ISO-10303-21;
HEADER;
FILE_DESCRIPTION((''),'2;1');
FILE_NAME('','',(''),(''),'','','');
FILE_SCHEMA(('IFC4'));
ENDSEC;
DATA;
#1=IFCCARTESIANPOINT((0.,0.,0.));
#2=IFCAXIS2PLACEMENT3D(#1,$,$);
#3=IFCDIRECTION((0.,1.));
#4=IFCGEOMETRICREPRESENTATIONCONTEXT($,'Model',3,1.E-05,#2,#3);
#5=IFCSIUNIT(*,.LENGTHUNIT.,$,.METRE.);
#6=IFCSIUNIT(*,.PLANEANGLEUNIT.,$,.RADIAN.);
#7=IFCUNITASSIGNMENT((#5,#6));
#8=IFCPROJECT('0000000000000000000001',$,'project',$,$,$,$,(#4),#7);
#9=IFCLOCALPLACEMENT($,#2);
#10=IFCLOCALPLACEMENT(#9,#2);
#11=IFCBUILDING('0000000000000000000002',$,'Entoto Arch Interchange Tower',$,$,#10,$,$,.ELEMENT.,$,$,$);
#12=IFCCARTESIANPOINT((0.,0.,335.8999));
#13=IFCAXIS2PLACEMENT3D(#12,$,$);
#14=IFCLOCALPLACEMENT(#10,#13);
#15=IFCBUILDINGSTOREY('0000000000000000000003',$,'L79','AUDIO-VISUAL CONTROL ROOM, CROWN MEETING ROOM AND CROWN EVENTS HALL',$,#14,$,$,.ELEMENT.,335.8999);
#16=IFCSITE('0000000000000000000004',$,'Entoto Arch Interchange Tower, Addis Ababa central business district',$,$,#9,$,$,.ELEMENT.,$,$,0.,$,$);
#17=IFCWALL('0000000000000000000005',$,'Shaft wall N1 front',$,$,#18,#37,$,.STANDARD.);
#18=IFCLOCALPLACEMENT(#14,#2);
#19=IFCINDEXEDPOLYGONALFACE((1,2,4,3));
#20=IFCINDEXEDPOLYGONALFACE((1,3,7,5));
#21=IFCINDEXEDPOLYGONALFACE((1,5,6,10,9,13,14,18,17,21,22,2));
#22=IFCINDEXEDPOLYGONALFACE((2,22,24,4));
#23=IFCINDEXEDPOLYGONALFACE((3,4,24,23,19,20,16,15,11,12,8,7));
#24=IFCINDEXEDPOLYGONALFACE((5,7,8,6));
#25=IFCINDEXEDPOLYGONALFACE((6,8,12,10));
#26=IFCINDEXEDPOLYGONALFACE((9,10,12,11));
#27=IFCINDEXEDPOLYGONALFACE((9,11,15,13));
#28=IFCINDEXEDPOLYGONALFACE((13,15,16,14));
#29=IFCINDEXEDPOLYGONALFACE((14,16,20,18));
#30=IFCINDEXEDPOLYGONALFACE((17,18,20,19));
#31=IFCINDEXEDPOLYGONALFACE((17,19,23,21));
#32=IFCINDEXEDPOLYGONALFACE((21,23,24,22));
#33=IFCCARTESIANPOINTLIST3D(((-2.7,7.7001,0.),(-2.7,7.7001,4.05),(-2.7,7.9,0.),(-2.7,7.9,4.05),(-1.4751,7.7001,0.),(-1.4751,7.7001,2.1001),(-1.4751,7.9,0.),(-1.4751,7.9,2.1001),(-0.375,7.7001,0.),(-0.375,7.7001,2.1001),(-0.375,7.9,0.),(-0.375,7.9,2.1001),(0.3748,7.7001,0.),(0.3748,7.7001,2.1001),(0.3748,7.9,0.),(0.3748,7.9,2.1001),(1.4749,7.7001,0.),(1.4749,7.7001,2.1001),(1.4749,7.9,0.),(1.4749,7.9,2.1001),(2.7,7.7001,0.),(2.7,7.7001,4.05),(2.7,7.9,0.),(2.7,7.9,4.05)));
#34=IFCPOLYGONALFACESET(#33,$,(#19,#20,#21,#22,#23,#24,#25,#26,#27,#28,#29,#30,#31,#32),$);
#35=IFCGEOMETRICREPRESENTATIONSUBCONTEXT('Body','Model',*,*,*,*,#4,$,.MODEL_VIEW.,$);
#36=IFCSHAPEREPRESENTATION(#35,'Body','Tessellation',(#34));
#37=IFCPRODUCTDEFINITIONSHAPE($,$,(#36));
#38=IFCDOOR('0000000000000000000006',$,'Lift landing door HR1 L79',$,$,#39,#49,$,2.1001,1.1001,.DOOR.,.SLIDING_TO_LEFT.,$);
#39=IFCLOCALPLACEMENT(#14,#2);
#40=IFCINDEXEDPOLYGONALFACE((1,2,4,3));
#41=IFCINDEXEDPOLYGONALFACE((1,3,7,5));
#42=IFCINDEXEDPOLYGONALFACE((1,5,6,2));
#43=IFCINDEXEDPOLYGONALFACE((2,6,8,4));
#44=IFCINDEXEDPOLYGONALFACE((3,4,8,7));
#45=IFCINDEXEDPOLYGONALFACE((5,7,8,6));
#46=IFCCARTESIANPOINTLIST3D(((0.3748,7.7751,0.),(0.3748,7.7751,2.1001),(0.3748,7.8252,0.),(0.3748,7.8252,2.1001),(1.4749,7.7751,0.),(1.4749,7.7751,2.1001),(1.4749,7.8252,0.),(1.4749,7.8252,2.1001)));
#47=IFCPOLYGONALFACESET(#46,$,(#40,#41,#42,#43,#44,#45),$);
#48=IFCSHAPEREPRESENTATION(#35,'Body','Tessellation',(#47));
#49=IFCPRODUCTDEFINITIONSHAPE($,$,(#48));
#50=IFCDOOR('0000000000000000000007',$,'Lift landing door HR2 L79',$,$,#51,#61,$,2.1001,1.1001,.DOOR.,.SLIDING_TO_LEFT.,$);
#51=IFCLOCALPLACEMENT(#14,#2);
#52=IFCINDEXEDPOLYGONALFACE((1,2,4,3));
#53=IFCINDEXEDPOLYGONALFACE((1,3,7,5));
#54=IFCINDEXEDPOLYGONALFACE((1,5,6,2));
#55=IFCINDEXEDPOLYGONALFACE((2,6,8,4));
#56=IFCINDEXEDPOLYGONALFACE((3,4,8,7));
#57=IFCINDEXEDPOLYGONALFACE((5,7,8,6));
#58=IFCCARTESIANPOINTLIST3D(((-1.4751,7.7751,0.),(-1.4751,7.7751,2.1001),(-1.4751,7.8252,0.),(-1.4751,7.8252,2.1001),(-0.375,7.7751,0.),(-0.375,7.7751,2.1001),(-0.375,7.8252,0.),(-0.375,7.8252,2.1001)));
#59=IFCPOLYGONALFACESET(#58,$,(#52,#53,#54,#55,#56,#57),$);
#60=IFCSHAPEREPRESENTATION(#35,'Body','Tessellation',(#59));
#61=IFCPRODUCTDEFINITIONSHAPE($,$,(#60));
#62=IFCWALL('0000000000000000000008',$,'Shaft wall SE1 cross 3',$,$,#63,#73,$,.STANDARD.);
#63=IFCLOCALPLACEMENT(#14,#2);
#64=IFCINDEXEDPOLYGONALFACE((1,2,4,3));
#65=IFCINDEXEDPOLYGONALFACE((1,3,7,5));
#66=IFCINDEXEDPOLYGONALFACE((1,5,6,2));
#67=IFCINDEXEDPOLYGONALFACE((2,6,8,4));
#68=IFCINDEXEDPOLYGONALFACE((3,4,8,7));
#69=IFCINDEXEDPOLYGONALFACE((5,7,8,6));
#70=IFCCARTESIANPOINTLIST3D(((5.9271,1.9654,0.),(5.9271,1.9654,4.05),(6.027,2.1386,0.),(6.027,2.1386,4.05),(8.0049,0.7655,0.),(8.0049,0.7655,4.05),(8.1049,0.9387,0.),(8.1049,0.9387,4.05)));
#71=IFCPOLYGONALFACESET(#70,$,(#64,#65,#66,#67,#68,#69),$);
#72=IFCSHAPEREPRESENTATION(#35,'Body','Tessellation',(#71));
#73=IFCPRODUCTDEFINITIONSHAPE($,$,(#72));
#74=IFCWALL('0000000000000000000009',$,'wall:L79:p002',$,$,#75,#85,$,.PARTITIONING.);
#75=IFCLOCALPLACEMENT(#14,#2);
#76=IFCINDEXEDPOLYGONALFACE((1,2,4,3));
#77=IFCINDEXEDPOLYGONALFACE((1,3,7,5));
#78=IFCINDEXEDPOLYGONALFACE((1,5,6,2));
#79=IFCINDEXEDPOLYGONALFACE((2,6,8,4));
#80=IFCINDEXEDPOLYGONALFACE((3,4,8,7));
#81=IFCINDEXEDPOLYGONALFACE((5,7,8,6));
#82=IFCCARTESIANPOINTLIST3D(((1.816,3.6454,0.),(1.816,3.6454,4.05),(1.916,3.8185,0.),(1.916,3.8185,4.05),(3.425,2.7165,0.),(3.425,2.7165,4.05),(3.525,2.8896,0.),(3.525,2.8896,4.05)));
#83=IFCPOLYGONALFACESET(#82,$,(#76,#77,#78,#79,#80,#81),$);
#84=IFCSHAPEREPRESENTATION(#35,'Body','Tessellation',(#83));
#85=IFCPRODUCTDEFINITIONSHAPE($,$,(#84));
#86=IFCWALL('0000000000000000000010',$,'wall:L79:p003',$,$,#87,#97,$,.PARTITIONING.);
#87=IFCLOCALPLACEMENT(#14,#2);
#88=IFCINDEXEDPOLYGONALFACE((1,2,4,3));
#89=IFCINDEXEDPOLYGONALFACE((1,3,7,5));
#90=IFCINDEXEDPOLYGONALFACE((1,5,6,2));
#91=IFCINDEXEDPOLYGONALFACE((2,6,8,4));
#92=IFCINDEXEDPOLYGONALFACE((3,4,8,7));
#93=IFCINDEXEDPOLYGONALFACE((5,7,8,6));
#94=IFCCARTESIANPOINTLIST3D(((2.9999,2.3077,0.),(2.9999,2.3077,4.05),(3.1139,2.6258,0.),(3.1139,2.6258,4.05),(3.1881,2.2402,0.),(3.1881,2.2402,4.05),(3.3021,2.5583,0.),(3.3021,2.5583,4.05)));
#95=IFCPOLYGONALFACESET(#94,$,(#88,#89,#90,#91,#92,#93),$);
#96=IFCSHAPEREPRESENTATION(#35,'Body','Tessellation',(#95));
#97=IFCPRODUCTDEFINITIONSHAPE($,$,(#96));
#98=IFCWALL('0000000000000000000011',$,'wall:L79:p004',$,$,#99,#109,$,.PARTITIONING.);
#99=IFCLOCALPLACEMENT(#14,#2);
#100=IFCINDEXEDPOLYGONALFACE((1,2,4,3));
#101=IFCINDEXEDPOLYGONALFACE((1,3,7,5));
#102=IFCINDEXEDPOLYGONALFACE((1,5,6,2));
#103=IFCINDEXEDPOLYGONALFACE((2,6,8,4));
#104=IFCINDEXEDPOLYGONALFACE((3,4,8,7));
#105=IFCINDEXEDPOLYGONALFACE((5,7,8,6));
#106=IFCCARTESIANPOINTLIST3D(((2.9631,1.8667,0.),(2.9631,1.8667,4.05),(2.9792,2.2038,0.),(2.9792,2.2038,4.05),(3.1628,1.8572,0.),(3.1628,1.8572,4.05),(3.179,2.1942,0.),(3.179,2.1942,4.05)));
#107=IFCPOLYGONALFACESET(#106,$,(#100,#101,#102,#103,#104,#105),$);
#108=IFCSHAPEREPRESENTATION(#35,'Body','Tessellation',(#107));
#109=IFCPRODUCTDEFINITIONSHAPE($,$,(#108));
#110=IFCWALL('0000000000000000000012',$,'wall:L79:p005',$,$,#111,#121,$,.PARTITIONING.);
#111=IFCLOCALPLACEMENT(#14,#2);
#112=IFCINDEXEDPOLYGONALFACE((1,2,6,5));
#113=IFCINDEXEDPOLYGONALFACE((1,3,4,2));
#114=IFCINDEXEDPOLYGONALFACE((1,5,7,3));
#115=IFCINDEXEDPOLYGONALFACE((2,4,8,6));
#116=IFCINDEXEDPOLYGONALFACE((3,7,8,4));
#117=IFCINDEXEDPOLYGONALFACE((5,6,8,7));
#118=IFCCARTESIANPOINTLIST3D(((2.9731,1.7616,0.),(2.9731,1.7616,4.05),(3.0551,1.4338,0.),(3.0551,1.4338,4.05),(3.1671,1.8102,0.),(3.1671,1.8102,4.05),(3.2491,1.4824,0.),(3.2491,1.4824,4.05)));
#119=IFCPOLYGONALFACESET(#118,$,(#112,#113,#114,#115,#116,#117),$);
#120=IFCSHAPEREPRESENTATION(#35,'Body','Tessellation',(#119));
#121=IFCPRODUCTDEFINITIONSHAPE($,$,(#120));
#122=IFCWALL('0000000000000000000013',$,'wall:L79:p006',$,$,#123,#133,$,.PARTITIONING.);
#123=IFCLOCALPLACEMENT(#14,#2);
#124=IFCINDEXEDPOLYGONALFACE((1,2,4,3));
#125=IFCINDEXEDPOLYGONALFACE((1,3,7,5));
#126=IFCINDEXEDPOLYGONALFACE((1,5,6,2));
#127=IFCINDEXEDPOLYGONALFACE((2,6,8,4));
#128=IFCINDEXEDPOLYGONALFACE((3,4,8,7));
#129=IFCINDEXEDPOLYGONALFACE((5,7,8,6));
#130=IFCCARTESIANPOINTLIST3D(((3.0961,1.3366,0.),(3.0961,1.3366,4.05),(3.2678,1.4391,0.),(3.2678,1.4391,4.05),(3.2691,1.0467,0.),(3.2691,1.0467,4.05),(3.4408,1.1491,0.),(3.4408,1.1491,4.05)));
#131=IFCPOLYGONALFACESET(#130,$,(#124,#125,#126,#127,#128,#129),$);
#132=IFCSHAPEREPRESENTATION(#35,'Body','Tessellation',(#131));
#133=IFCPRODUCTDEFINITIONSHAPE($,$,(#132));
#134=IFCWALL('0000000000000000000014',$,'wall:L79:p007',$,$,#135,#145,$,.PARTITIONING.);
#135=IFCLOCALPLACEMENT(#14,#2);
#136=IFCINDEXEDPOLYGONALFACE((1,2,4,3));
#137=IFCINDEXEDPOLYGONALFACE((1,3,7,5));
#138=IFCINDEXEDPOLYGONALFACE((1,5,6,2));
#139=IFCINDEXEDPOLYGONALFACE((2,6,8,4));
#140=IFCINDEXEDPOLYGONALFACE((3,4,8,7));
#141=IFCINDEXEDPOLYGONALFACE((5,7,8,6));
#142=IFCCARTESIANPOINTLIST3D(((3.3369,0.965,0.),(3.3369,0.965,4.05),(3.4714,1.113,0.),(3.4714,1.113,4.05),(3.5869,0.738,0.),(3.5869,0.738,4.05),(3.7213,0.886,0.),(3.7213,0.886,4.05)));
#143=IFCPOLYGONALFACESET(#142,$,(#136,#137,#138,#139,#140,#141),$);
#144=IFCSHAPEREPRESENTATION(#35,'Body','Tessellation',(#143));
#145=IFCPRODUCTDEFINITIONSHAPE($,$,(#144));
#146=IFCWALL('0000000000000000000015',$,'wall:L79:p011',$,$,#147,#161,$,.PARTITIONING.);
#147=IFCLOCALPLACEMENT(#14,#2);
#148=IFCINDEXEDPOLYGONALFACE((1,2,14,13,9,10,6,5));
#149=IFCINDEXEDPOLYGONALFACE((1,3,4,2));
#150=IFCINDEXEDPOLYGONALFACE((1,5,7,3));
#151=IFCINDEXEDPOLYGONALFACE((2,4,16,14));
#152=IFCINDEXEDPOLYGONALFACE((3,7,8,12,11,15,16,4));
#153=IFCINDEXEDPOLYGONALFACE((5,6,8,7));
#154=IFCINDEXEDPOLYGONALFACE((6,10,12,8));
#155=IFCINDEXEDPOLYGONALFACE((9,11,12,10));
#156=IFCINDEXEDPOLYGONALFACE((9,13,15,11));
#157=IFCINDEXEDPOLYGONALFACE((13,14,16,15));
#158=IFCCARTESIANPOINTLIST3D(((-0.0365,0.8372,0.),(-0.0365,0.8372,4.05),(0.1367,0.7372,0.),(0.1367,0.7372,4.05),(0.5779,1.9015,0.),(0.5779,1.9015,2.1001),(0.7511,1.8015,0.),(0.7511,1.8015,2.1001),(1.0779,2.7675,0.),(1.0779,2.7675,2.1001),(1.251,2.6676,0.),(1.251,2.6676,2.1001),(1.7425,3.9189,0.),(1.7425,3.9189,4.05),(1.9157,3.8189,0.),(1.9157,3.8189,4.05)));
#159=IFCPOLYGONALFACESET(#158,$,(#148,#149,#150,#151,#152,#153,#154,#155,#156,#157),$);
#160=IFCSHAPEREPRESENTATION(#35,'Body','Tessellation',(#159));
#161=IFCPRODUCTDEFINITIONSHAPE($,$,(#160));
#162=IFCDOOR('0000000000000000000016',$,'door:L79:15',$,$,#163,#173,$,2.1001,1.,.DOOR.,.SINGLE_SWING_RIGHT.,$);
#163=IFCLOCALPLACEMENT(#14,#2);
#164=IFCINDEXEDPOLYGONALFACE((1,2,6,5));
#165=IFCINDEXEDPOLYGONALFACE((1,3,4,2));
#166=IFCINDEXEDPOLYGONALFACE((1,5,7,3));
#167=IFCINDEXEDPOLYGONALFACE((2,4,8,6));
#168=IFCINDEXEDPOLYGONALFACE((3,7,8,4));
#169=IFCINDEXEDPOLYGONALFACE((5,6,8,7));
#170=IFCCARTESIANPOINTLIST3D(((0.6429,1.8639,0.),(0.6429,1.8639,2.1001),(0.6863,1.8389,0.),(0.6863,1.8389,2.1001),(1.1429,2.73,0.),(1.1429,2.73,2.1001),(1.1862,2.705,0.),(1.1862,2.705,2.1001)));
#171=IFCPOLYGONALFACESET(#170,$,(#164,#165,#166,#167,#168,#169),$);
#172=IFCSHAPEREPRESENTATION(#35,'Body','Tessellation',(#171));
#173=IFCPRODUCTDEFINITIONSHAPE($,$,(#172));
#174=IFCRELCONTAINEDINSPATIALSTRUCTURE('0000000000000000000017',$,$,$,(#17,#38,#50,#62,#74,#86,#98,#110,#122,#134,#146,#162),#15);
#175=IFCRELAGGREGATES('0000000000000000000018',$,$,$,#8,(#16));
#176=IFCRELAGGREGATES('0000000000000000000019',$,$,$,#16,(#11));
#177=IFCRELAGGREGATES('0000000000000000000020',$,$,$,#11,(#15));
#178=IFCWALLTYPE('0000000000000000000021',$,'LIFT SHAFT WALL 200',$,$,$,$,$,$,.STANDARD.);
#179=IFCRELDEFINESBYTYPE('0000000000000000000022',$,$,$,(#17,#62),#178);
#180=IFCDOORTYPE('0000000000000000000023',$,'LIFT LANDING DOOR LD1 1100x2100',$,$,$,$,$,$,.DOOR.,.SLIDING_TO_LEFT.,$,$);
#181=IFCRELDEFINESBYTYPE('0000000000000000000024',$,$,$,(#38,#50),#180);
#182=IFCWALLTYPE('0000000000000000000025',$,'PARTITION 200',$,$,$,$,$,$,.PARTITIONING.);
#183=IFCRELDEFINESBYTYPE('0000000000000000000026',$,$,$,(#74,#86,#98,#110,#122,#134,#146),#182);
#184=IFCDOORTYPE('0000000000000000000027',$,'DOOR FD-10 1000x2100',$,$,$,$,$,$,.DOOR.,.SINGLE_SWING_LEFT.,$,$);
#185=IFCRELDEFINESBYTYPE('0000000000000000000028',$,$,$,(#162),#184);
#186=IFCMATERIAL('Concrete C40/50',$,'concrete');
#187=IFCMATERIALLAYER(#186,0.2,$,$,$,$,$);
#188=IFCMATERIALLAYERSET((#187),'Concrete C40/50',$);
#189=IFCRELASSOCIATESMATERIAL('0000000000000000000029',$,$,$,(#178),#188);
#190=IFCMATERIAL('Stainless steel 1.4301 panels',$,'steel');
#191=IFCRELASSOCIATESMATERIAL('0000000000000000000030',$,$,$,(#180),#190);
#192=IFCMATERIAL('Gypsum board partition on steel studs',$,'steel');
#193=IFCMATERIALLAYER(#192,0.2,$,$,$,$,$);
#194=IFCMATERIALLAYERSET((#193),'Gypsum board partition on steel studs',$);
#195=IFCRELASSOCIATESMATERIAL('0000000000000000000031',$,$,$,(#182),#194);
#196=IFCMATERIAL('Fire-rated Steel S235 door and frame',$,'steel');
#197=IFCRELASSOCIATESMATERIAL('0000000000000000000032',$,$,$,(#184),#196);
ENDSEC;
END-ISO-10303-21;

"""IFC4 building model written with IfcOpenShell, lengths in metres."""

from ifc_helpers import new_model, si_unit, direction, frame, frame_2d, origin, place, context, subcontext, project, spatial, rectangle, extrude, material, layer, layer_set, type_object, element, fill, save


model = new_model("IFC4")

# Units and contexts
model_context = context("Model", 3, precision=1e-05, world=origin(), true_north=direction((0.0, 1.0)))
body_context = subcontext(model_context, "Body", "Model", "MODEL_VIEW")
ifc_project = project(units=[si_unit("LENGTHUNIT", "METRE"), si_unit("PLANEANGLEUNIT", "RADIAN")], contexts=[model_context])

# Site, building, storey
site_placement = place(None, origin())
site = spatial("IfcSite", under=ifc_project, at=site_placement, Name="Entoto Arch Interchange Tower, Addis Ababa central business district", CompositionType="ELEMENT", RefElevation=0.0)
building_placement = place(site_placement, origin())
building = spatial("IfcBuilding", under=site, at=building_placement, Name="Entoto Arch Interchange Tower", CompositionType="ELEMENT")
storey_placement = place(building_placement, frame((0.0, 0.0, 335.8999)))
storey = spatial("IfcBuildingStorey", under=building, at=storey_placement, Name="L79", Description="AUDIO-VISUAL CONTROL ROOM, CROWN MEETING ROOM AND CROWN EVENTS HALL", CompositionType="ELEMENT", Elevation=335.8999)

# Wall, openings, doors
ifc_material_1 = material(Name="Concrete C40/50", Category="concrete")
ifc_layer_1 = layer(ifc_material_1, 0.2)
ifc_layer_set_1 = layer_set([ifc_layer_1], Name="Concrete C40/50")
wall_type_1 = type_object("IfcWallType", Name="LIFT SHAFT WALL 200", PredefinedType="STANDARD", material=ifc_layer_set_1)
wall_1_placement = place(storey_placement, frame((2.7, 7.8, 0.0), z_axis=(0.0, 0.0, 1.0), x_axis=(-1.0, 0.0, 0.0)))
wall_1 = element("IfcWall", 1, at=wall_1_placement, inside=storey, type_object=wall_type_1, Name="Shaft wall N1 front", PredefinedType="STANDARD", context=body_context, shape_type="SweptSolid", body=[
    extrude(rectangle(XDim=5.3999, YDim=0.2, at=frame_2d((2.7, 0.0))), origin(), (0.0, 0.0, 1.0), 4.05),
])
opening_1_placement = place(wall_1_placement, frame((1.2251, 0.0, 0.0)))
opening_1 = element("IfcOpeningElement", 2, at=opening_1_placement, cuts=wall_1, PredefinedType="OPENING", context=body_context, shape_type="SweptSolid", body=[
    extrude(rectangle(XDim=1.1001, YDim=2.1001, at=frame_2d((0.55, 1.05))), frame((0.0, 0.1099, 0.0), z_axis=(0.0, -1.0, 0.0), x_axis=(1.0, 0.0, 0.0)), (0.0, 0.0, 1.0), 0.22),
])
opening_2_placement = place(wall_1_placement, frame((3.075, 0.0, 0.0)))
opening_2 = element("IfcOpeningElement", 3, at=opening_2_placement, cuts=wall_1, PredefinedType="OPENING", context=body_context, shape_type="SweptSolid", body=[
    extrude(rectangle(XDim=1.1001, YDim=2.1001, at=frame_2d((0.55, 1.05))), frame((0.0, 0.1099, 0.0), z_axis=(0.0, -1.0, 0.0), x_axis=(1.0, 0.0, 0.0)), (0.0, 0.0, 1.0), 0.22),
])
ifc_material_2 = material(Name="Stainless steel 1.4301 panels", Category="steel")
door_type_1 = type_object("IfcDoorType", Name="LIFT LANDING DOOR LD1 1100x2100", OperationType="SLIDING_TO_LEFT", PredefinedType="DOOR", material=ifc_material_2)
door_1_placement = place(opening_1_placement, origin())
door_1 = element("IfcDoor", 4, at=door_1_placement, inside=storey, type_object=door_type_1, Name="Lift landing door HR1 L79", OperationType="SLIDING_TO_LEFT", OverallHeight=2.1001, OverallWidth=1.1001, PredefinedType="DOOR", context=body_context, shape_type="SweptSolid", body=[
    extrude(rectangle(XDim=1.1001, YDim=2.1001, at=frame_2d((0.55, 1.05))), frame((0.0, 0.0249, 0.0), z_axis=(0.0, -1.0, 0.0), x_axis=(1.0, 0.0, 0.0)), (0.0, 0.0, 1.0), 0.05),
])
fill(opening_1, door_1)
door_2_placement = place(opening_2_placement, origin())
door_2 = element("IfcDoor", 5, at=door_2_placement, inside=storey, type_object=door_type_1, Name="Lift landing door HR2 L79", OperationType="SLIDING_TO_LEFT", OverallHeight=2.1001, OverallWidth=1.1001, PredefinedType="DOOR", context=body_context, shape_type="SweptSolid", body=[
    extrude(rectangle(XDim=1.1001, YDim=2.1001, at=frame_2d((0.55, 1.05))), frame((0.0, 0.0249, 0.0), z_axis=(0.0, -1.0, 0.0), x_axis=(1.0, 0.0, 0.0)), (0.0, 0.0, 1.0), 0.05),
])
fill(opening_2, door_2)

# Walls
wall_2_placement = place(storey_placement, frame((5.9771, 2.052, 0.0), z_axis=(0.0, 0.0, 1.0), x_axis=(0.865974, -0.500089, 0.0)))
element("IfcWall", 6, at=wall_2_placement, inside=storey, type_object=wall_type_1, Name="Shaft wall SE1 cross 3", PredefinedType="STANDARD", context=body_context, shape_type="SweptSolid", body=[
    extrude(rectangle(XDim=2.3994, YDim=0.2, at=frame_2d((1.1997, 0.0))), origin(), (0.0, 0.0, 1.0), 4.05),
])
ifc_material_3 = material(Name="Gypsum board partition on steel studs", Category="steel")
ifc_layer_2 = layer(ifc_material_3, 0.2)
ifc_layer_set_2 = layer_set([ifc_layer_2], Name="Gypsum board partition on steel studs")
wall_type_2 = type_object("IfcWallType", Name="PARTITION 200", PredefinedType="PARTITIONING", material=ifc_layer_set_2)
wall_3_placement = place(storey_placement, frame((1.866, 3.7319, 0.0), z_axis=(0.0, 0.0, 1.0), x_axis=(0.866043, -0.499969, 0.0)))
element("IfcWall", 7, at=wall_3_placement, inside=storey, type_object=wall_type_2, Name="wall:L79:p002", PredefinedType="PARTITIONING", context=body_context, shape_type="SweptSolid", body=[
    extrude(rectangle(XDim=1.8579, YDim=0.2, at=frame_2d((0.929, 0.0))), origin(), (0.0, 0.0, 1.0), 4.05),
])
wall_4_placement = place(storey_placement, frame((3.208, 2.592, 0.0), z_axis=(0.0, 0.0, 1.0), x_axis=(-0.337389, -0.941365, 0.0)))
element("IfcWall", 8, at=wall_4_placement, inside=storey, type_object=wall_type_2, Name="wall:L79:p003", PredefinedType="PARTITIONING", context=body_context, shape_type="SweptSolid", body=[
    extrude(rectangle(XDim=0.3379, YDim=0.2, at=frame_2d((0.1689, 0.0))), origin(), (0.0, 0.0, 1.0), 4.05),
])
wall_5_placement = place(storey_placement, frame((3.0791, 2.199, 0.0), z_axis=(0.0, 0.0, 1.0), x_axis=(-0.047771, -0.998858, 0.0)))
element("IfcWall", 9, at=wall_5_placement, inside=storey, type_object=wall_type_2, Name="wall:L79:p004", PredefinedType="PARTITIONING", context=body_context, shape_type="SweptSolid", body=[
    extrude(rectangle(XDim=0.3374, YDim=0.2, at=frame_2d((0.1687, 0.0))), origin(), (0.0, 0.0, 1.0), 4.05),
])
wall_6_placement = place(storey_placement, frame((3.0701, 1.7859, 0.0), z_axis=(0.0, 0.0, 1.0), x_axis=(0.242706, -0.9701, 0.0)))
element("IfcWall", 10, at=wall_6_placement, inside=storey, type_object=wall_type_2, Name="wall:L79:p005", PredefinedType="PARTITIONING", context=body_context, shape_type="SweptSolid", body=[
    extrude(rectangle(XDim=0.3379, YDim=0.2, at=frame_2d((0.1689, 0.0))), origin(), (0.0, 0.0, 1.0), 4.05),
])
for number, where, z_axis, x_axis, name in (
    (11, (3.1819, 1.3879, 0.0), (0.0, 0.0, 1.0), (0.512475, -0.858702, 0.0), "wall:L79:p006"),
    (12, (3.4041, 1.0391, 0.0), (0.0, 0.0, 1.0), (0.740267, -0.672313, 0.0), "wall:L79:p007"),
):
    element("IfcWall", number, at=place(storey_placement, frame(where, z_axis=z_axis, x_axis=x_axis)), inside=storey, type_object=wall_type_2, Name=name, PredefinedType="PARTITIONING", context=body_context, shape_type="SweptSolid", body=[
        extrude(rectangle(XDim=0.3376, YDim=0.2, at=frame_2d((0.1689, 0.0))), origin(), (0.0, 0.0, 1.0), 4.05),
    ])

# Wall, opening, door
wall_7_placement = place(storey_placement, frame((0.05, 0.7871, 0.0), z_axis=(0.0, 0.0, 1.0), x_axis=(0.499954, 0.866052, 0.0)))
wall_7 = element("IfcWall", 13, at=wall_7_placement, inside=storey, type_object=wall_type_2, Name="wall:L79:p011", PredefinedType="PARTITIONING", context=body_context, shape_type="SweptSolid", body=[
    extrude(rectangle(XDim=3.5583, YDim=0.2, at=frame_2d((1.7793, 0.0))), origin(), (0.0, 0.0, 1.0), 4.05),
])
opening_3_placement = place(wall_7_placement, frame((1.229, 0.0, 0.0)))
opening_3 = element("IfcOpeningElement", 14, at=opening_3_placement, cuts=wall_7, PredefinedType="OPENING", context=body_context, shape_type="SweptSolid", body=[
    extrude(rectangle(XDim=1.0, YDim=2.1001, at=frame_2d((0.5, 1.05))), frame((0.0, 0.1099, 0.0), z_axis=(0.0, -1.0, 0.0), x_axis=(1.0, 0.0, 0.0)), (0.0, 0.0, 1.0), 0.22),
])
ifc_material_4 = material(Name="Fire-rated Steel S235 door and frame", Category="steel")
door_type_2 = type_object("IfcDoorType", Name="DOOR FD-10 1000x2100", OperationType="SINGLE_SWING_LEFT", PredefinedType="DOOR", material=ifc_material_4)
door_3_placement = place(opening_3_placement, origin())
door_3 = element("IfcDoor", 15, at=door_3_placement, inside=storey, type_object=door_type_2, Name="door:L79:15", OperationType="SINGLE_SWING_RIGHT", OverallHeight=2.1001, OverallWidth=1.0, PredefinedType="DOOR", context=body_context, shape_type="SweptSolid", body=[
    extrude(rectangle(XDim=1.0, YDim=2.1001, at=frame_2d((0.5, 1.05))), frame((0.0, 0.0249, 0.0), z_axis=(0.0, -1.0, 0.0), x_axis=(1.0, 0.0, 0.0)), (0.0, 0.0, 1.0), 0.05),
])
fill(opening_3, door_3)

save(model, "model.ifc")
